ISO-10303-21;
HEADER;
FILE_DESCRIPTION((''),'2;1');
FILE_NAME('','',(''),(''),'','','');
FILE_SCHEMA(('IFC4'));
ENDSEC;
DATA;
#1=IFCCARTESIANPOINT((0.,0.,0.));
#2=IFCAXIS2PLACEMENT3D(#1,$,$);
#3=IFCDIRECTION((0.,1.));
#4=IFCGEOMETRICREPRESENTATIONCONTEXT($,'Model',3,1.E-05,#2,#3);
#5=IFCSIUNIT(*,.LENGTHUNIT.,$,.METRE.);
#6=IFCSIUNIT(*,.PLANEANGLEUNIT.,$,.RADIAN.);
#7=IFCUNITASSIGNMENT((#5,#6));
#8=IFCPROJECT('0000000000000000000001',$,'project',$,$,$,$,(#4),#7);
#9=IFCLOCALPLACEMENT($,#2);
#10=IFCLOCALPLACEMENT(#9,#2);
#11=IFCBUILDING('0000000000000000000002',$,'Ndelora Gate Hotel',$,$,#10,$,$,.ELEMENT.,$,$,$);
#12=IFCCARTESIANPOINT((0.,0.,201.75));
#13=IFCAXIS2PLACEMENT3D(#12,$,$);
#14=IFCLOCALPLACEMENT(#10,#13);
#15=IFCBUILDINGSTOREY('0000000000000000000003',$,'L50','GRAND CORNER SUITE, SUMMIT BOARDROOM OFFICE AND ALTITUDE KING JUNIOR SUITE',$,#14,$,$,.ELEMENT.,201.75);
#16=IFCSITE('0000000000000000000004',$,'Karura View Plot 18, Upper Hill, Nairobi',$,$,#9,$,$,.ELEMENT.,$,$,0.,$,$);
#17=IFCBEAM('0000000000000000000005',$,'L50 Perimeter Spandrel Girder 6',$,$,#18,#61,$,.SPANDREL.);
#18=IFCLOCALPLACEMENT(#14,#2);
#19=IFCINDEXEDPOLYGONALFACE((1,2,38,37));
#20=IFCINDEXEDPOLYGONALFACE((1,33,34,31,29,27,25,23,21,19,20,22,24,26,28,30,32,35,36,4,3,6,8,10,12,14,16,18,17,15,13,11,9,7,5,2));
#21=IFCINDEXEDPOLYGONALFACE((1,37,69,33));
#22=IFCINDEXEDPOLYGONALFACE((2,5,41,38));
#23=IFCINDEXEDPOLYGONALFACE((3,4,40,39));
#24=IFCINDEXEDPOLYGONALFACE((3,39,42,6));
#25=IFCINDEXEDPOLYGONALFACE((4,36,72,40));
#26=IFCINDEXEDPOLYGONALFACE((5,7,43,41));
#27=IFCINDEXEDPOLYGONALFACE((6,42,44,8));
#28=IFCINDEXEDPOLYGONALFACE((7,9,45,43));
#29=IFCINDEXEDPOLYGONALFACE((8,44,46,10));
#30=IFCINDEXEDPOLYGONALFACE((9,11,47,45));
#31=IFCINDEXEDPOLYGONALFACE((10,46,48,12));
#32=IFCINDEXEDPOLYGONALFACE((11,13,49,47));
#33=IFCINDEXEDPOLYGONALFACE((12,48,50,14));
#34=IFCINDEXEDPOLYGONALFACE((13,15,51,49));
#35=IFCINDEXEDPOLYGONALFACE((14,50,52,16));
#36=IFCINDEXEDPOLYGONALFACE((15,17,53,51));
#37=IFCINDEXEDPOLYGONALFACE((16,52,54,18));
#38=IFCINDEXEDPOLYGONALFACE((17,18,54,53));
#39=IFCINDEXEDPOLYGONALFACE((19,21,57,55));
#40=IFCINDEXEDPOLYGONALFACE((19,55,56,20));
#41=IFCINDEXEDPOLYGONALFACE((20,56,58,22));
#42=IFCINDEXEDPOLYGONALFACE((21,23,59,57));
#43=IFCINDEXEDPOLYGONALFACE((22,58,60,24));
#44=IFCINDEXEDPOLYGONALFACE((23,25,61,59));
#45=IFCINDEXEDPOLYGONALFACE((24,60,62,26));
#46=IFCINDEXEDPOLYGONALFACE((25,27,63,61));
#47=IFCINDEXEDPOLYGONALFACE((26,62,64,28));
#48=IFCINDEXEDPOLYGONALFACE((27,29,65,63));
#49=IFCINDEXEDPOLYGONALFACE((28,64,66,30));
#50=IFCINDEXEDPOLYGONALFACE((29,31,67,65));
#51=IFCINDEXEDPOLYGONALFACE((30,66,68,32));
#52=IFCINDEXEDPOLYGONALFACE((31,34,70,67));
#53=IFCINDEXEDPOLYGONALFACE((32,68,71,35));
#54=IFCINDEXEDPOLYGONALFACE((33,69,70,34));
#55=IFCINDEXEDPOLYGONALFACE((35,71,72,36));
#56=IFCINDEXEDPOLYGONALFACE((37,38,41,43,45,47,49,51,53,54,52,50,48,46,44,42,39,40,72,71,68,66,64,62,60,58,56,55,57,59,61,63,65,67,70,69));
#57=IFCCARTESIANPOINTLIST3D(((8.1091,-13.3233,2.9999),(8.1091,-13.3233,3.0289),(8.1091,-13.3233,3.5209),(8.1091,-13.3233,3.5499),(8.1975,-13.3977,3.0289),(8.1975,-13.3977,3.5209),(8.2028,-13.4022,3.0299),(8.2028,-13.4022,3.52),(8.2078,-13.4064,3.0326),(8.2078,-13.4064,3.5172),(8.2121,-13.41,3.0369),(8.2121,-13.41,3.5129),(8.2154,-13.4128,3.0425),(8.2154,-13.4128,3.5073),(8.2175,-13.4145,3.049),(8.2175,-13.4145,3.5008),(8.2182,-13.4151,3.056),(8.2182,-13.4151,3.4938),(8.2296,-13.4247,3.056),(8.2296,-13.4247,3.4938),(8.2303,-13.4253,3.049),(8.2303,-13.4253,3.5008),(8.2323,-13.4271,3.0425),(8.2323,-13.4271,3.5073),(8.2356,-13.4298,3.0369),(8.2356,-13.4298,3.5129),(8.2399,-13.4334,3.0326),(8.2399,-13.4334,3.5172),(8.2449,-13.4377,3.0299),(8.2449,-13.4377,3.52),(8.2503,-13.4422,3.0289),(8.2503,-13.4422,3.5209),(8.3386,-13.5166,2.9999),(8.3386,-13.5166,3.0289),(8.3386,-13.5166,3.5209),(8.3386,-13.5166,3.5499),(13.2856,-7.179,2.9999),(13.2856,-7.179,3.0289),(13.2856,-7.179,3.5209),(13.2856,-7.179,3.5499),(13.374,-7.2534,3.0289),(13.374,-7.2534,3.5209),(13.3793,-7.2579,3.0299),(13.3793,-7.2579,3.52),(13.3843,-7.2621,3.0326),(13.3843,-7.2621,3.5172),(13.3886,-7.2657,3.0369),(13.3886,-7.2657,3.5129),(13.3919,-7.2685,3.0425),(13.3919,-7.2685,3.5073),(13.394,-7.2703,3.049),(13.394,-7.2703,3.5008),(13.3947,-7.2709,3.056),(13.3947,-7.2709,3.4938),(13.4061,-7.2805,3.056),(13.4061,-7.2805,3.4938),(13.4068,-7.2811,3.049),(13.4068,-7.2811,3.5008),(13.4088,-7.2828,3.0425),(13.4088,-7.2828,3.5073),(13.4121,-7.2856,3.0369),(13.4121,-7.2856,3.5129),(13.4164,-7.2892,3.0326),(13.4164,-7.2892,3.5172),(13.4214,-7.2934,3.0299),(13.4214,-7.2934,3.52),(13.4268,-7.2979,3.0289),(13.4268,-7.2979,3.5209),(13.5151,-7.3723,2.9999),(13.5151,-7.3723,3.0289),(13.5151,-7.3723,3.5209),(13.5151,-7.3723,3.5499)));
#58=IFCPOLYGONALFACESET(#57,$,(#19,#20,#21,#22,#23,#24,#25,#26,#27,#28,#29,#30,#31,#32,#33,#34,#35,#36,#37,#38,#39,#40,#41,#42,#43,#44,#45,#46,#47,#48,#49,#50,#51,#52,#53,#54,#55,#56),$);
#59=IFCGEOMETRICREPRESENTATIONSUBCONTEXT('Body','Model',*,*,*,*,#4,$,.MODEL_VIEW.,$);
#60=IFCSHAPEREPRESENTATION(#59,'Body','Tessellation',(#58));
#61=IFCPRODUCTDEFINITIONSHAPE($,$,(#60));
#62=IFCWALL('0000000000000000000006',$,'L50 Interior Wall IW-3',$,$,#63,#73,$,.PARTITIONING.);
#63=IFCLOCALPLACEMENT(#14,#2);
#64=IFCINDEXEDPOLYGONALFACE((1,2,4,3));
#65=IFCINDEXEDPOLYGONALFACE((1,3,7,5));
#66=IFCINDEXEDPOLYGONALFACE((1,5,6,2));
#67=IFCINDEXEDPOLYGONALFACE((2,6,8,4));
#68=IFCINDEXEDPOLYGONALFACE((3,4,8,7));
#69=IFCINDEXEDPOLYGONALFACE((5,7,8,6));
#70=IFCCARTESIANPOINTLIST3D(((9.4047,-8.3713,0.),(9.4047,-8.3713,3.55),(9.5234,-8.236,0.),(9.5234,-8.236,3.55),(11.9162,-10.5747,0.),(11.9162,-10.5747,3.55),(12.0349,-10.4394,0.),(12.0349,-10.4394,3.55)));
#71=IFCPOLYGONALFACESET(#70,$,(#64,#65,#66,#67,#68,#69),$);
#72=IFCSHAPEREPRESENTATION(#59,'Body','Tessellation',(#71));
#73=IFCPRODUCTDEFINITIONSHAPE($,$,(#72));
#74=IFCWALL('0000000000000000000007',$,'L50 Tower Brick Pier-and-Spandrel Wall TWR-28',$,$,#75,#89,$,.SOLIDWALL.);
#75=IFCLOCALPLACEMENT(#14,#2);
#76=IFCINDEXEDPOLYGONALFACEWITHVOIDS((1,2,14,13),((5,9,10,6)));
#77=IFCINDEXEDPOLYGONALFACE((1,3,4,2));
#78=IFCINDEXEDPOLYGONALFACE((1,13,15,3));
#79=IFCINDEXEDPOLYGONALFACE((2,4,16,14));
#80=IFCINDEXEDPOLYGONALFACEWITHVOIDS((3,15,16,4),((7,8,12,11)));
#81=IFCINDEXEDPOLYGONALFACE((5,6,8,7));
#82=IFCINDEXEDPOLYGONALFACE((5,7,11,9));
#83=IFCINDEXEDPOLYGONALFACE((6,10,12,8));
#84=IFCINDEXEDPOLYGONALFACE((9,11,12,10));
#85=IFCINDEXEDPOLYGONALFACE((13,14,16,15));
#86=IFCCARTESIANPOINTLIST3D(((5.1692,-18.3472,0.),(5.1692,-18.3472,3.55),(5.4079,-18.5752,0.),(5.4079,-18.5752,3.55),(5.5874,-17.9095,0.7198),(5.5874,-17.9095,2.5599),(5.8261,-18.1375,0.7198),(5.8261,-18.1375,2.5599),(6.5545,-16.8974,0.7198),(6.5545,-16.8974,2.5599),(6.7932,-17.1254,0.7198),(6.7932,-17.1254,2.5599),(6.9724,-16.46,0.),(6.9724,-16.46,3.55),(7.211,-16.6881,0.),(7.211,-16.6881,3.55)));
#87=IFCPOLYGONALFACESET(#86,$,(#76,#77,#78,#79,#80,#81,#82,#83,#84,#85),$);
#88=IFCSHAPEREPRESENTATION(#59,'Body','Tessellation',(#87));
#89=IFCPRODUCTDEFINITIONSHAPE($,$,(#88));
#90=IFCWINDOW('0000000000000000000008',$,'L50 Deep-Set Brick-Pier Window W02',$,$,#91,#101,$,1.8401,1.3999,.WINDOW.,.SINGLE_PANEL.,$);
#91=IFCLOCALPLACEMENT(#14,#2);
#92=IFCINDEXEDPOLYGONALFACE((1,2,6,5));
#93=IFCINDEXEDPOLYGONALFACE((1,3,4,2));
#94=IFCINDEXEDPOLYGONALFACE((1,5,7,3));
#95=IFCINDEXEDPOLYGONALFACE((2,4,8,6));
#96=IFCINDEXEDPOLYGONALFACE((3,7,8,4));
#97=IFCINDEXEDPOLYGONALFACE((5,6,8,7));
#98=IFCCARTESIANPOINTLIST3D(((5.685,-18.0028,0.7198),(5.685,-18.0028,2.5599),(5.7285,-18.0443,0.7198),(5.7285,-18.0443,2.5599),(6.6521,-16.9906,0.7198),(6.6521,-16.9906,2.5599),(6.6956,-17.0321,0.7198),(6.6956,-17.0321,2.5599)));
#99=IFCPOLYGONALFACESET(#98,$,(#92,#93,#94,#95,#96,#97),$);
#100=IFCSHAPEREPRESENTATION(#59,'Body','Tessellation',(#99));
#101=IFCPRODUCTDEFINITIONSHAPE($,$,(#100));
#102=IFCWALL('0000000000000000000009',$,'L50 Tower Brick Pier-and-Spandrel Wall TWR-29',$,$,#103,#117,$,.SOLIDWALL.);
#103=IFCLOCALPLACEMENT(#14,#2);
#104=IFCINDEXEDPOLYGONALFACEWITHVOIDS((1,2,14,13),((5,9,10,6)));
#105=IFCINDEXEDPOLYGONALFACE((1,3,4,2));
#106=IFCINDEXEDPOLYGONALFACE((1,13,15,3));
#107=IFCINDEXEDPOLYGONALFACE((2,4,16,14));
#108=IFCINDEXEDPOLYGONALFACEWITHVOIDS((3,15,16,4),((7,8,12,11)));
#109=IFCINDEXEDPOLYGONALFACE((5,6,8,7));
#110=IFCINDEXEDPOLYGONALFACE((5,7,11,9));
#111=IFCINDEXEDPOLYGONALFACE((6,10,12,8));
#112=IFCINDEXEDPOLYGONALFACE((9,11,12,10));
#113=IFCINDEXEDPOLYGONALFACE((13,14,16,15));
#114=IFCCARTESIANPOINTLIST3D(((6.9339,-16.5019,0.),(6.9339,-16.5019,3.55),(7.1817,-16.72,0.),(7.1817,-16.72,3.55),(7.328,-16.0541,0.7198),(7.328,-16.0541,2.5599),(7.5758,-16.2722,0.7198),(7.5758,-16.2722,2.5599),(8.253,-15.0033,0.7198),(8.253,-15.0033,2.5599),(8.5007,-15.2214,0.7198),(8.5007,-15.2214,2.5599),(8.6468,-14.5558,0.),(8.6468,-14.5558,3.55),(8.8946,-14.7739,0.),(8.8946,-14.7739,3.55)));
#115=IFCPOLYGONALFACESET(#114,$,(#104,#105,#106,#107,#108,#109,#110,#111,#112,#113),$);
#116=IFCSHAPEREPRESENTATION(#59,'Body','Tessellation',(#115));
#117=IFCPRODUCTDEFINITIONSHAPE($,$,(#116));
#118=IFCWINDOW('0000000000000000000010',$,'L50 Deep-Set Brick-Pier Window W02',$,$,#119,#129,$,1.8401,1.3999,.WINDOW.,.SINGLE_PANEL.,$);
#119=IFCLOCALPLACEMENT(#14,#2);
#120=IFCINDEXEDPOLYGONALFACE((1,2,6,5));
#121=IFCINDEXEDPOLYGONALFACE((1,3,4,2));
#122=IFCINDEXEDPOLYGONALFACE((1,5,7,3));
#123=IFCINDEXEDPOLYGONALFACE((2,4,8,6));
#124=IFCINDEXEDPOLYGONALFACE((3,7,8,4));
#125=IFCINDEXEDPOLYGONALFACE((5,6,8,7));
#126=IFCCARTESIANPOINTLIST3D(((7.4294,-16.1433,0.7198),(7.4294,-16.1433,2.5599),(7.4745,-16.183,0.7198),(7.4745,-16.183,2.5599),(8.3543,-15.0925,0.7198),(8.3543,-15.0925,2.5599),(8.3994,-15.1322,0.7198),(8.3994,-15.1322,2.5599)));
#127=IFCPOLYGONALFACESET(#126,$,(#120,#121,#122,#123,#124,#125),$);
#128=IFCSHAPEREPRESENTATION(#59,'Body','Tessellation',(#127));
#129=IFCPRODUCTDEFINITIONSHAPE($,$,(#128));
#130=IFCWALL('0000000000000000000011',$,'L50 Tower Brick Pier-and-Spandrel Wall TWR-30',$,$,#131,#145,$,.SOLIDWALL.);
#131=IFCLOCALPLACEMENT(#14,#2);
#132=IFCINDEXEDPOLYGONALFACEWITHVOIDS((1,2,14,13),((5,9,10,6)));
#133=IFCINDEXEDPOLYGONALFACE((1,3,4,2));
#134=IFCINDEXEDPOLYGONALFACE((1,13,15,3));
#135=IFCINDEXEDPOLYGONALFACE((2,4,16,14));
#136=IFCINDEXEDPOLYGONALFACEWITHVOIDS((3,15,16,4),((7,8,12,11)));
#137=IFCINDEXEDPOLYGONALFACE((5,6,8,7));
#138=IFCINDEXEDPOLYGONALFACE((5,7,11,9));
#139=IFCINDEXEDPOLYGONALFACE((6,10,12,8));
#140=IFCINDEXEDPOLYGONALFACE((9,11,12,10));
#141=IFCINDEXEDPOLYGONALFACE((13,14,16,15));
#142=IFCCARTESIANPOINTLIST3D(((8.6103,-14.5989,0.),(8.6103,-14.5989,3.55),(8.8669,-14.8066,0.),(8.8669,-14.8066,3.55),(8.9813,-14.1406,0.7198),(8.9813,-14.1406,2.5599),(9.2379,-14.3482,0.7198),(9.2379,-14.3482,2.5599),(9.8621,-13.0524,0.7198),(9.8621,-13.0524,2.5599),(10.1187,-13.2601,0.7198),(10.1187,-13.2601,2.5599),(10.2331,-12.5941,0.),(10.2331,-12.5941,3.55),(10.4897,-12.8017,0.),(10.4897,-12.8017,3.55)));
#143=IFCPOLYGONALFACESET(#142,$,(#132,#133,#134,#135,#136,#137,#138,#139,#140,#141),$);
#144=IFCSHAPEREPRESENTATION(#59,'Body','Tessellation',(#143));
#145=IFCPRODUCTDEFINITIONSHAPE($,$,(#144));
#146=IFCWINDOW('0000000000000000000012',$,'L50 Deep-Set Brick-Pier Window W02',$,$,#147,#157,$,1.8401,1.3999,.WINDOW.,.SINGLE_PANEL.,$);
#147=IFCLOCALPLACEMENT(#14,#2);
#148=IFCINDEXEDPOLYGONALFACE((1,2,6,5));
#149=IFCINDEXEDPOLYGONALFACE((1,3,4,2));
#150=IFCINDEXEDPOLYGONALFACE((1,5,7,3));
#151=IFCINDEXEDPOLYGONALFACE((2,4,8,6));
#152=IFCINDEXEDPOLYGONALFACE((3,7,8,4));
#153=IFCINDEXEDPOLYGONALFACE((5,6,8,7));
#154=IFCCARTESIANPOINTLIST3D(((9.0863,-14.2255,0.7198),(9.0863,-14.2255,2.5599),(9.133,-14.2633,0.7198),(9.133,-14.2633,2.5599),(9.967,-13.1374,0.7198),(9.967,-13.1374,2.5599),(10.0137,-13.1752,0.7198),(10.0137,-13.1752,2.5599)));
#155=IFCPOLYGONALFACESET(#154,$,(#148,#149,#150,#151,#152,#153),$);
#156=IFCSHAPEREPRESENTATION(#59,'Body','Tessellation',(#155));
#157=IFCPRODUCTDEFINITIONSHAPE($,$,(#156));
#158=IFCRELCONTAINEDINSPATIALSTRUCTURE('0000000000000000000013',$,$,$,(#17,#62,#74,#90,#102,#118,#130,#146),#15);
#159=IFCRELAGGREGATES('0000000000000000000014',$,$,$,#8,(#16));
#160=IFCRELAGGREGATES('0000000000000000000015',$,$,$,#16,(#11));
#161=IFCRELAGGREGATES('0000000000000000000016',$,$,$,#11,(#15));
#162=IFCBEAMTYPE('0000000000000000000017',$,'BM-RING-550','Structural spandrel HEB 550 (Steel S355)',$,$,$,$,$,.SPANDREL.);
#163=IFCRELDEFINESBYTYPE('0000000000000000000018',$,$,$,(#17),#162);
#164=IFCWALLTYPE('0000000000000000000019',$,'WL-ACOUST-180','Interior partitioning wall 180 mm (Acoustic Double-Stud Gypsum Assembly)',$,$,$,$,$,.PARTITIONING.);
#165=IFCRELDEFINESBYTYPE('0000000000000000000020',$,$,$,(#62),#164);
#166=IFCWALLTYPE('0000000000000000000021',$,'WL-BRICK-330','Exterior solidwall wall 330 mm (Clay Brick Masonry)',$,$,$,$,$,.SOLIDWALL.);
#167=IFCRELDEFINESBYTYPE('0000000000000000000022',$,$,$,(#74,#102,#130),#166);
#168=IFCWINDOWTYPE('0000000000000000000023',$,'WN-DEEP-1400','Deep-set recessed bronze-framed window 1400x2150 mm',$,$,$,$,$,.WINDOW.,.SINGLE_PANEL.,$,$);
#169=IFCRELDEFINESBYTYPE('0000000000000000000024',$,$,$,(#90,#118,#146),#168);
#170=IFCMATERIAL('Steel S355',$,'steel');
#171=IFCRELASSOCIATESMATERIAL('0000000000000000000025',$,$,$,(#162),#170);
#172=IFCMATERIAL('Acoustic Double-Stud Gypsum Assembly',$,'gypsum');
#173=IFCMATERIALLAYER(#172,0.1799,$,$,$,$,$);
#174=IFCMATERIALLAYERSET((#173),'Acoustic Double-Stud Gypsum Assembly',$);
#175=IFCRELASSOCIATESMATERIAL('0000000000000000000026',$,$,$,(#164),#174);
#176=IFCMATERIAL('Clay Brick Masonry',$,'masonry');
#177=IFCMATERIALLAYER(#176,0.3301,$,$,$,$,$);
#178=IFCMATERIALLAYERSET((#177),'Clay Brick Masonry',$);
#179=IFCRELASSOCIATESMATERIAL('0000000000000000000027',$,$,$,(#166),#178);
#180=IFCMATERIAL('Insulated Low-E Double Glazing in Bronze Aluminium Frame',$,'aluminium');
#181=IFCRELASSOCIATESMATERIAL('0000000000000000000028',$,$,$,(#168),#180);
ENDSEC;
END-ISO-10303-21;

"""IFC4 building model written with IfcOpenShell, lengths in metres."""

from ifc_helpers import new_model, si_unit, direction, frame, frame_2d, origin, origin_2d, place, context, subcontext, project, spatial, rectangle, i_section, extrude, material, layer, layer_set, material_profile, profile_set, type_object, element, fill, save


model = new_model("IFC4")

# Units and contexts
model_context = context("Model", 3, precision=1e-05, world=origin(), true_north=direction((0.0, 1.0)))
body_context = subcontext(model_context, "Body", "Model", "MODEL_VIEW")
ifc_project = project(units=[si_unit("LENGTHUNIT", "METRE"), si_unit("PLANEANGLEUNIT", "RADIAN")], contexts=[model_context])

# Site, building, storey
site_placement = place(None, origin())
site = spatial("IfcSite", under=ifc_project, at=site_placement, Name="Karura View Plot 18, Upper Hill, Nairobi", CompositionType="ELEMENT", RefElevation=0.0)
building_placement = place(site_placement, origin())
building = spatial("IfcBuilding", under=site, at=building_placement, Name="Ndelora Gate Hotel", CompositionType="ELEMENT")
storey_placement = place(building_placement, frame((0.0, 0.0, 201.75)))
storey = spatial("IfcBuildingStorey", under=building, at=storey_placement, Name="L50", Description="GRAND CORNER SUITE, SUMMIT BOARDROOM OFFICE AND ALTITUDE KING JUNIOR SUITE", CompositionType="ELEMENT", Elevation=201.75)

# Beam
ifc_material_1 = material(Name="Steel S355", Category="steel")
ifc_material_profile_1 = material_profile(ifc_material_1, i_section(OverallWidth=0.3, OverallDepth=0.55, WebThickness=0.0149, FlangeThickness=0.0291, FilletRadius=0.0271, at=origin_2d()), Name="HEB 550")
ifc_profile_set_1 = profile_set([ifc_material_profile_1], Name="Steel S355")
beam_type_1 = type_object("IfcBeamType", Name="BM-RING-550", Description="Structural spandrel HEB 550 (Steel S355)", PredefinedType="SPANDREL", material=ifc_profile_set_1)
beam_1_placement = place(storey_placement, frame((8.2239, -13.4199, 3.2749), z_axis=(0.644309, 0.764765, 0.0), x_axis=(-0.764765, 0.644309, 0.0)))
element("IfcBeam", 1, at=beam_1_placement, inside=storey, type_object=beam_type_1, Name="L50 Perimeter Spandrel Girder 6", PredefinedType="SPANDREL", context=body_context, shape_type="SweptSolid", body=[
    extrude(i_section(OverallWidth=0.3, OverallDepth=0.55, WebThickness=0.0149, FlangeThickness=0.0291, FilletRadius=0.0271, at=origin_2d()), origin(), (0.0, 0.0, 1.0), 8.0342),
])

# Wall
ifc_material_2 = material(Name="Acoustic Double-Stud Gypsum Assembly", Category="gypsum")
ifc_layer_1 = layer(ifc_material_2, 0.1799)
ifc_layer_set_1 = layer_set([ifc_layer_1], Name="Acoustic Double-Stud Gypsum Assembly")
wall_type_1 = type_object("IfcWallType", Name="WL-ACOUST-180", Description="Interior partitioning wall 180 mm (Acoustic Double-Stud Gypsum Assembly)", PredefinedType="PARTITIONING", material=ifc_layer_set_1)
wall_1_placement = place(storey_placement, frame((9.4641, -8.3037, 0.0), z_axis=(0.0, 0.0, 1.0), x_axis=(0.751711, -0.659492, 0.0)))
element("IfcWall", 2, at=wall_1_placement, inside=storey, type_object=wall_type_1, Name="L50 Interior Wall IW-3", PredefinedType="PARTITIONING", context=body_context, shape_type="SweptSolid", body=[
    extrude(rectangle(XDim=3.3411, YDim=0.1799, at=frame_2d((1.6704, 0.0))), origin(), (0.0, 0.0, 1.0), 3.55),
])

# Walls, openings, windows
ifc_material_3 = material(Name="Clay Brick Masonry", Category="masonry")
ifc_layer_2 = layer(ifc_material_3, 0.3301)
ifc_layer_set_2 = layer_set([ifc_layer_2], Name="Clay Brick Masonry")
wall_type_2 = type_object("IfcWallType", Name="WL-BRICK-330", Description="Exterior solidwall wall 330 mm (Clay Brick Masonry)", PredefinedType="SOLIDWALL", material=ifc_layer_set_2)
wall_2_placement = place(storey_placement, frame((7.0918, -16.574, 0.0), z_axis=(0.0, 0.0, 1.0), x_axis=(-0.690836, -0.723011, 0.0)))
wall_2 = element("IfcWall", 3, at=wall_2_placement, inside=storey, type_object=wall_type_2, Name="L50 Tower Brick Pier-and-Spandrel Wall TWR-28", PredefinedType="SOLIDWALL", context=body_context, shape_type="SweptSolid", body=[
    extrude(rectangle(XDim=2.6101, YDim=0.3301, at=frame_2d((1.3052, 0.0))), origin(), (0.0, 0.0, 1.0), 3.55),
])
opening_1_placement = place(wall_2_placement, frame((0.605, 0.0, 0.72)))
opening_1 = element("IfcOpeningElement", 4, at=opening_1_placement, cuts=wall_2, PredefinedType="OPENING", context=body_context, shape_type="SweptSolid", body=[
    extrude(rectangle(XDim=1.3999, YDim=1.8401, at=frame_2d((0.7, 0.9199))), frame((0.0, 0.175, 0.0), z_axis=(0.0, -1.0, 0.0), x_axis=(1.0, 0.0, 0.0)), (0.0, 0.0, 1.0), 0.3501),
])
ifc_material_4 = material(Name="Insulated Low-E Double Glazing in Bronze Aluminium Frame", Category="aluminium")
window_type = type_object("IfcWindowType", Name="WN-DEEP-1400", Description="Deep-set recessed bronze-framed window 1400x2150 mm", PartitioningType="SINGLE_PANEL", PredefinedType="WINDOW", material=ifc_material_4)
window_1_placement = place(opening_1_placement, origin())
window_1 = element("IfcWindow", 5, at=window_1_placement, inside=storey, type_object=window_type, Name="L50 Deep-Set Brick-Pier Window W02", OverallHeight=1.8401, OverallWidth=1.3999, PartitioningType="SINGLE_PANEL", PredefinedType="WINDOW", context=body_context, shape_type="SweptSolid", body=[
    extrude(rectangle(XDim=1.3999, YDim=1.8401, at=frame_2d((0.7, 0.9199))), frame((0.0, 0.03, 0.0), z_axis=(0.0, -1.0, 0.0), x_axis=(1.0, 0.0, 0.0)), (0.0, 0.0, 1.0), 0.0601),
])
fill(opening_1, window_1)
wall_3_placement = place(storey_placement, frame((8.7708, -14.6648, 0.0), z_axis=(0.0, 0.0, 1.0), x_axis=(-0.660709, -0.750643, 0.0)))
wall_3 = element("IfcWall", 6, at=wall_3_placement, inside=storey, type_object=wall_type_2, Name="L50 Tower Brick Pier-and-Spandrel Wall TWR-29", PredefinedType="SOLIDWALL", context=body_context, shape_type="SweptSolid", body=[
    extrude(rectangle(XDim=2.5925, YDim=0.3301, at=frame_2d((1.2964, 0.0))), origin(), (0.0, 0.0, 1.0), 3.55),
])
opening_2_placement = place(wall_3_placement, frame((0.5962, 0.0, 0.72)))
opening_2 = element("IfcOpeningElement", 7, at=opening_2_placement, cuts=wall_3, PredefinedType="OPENING", context=body_context, shape_type="SweptSolid", body=[
    extrude(rectangle(XDim=1.3999, YDim=1.8401, at=frame_2d((0.7, 0.9199))), frame((0.0, 0.175, 0.0), z_axis=(0.0, -1.0, 0.0), x_axis=(1.0, 0.0, 0.0)), (0.0, 0.0, 1.0), 0.3501),
])
window_2_placement = place(opening_2_placement, origin())
window_2 = element("IfcWindow", 8, at=window_2_placement, inside=storey, type_object=window_type, Name="L50 Deep-Set Brick-Pier Window W02", OverallHeight=1.8401, OverallWidth=1.3999, PartitioningType="SINGLE_PANEL", PredefinedType="WINDOW", context=body_context, shape_type="SweptSolid", body=[
    extrude(rectangle(XDim=1.3999, YDim=1.8401, at=frame_2d((0.7, 0.9199))), frame((0.0, 0.03, 0.0), z_axis=(0.0, -1.0, 0.0), x_axis=(1.0, 0.0, 0.0)), (0.0, 0.0, 1.0), 0.0601),
])
fill(opening_2, window_2)
wall_4_placement = place(storey_placement, frame((10.3613, -12.698, 0.0), z_axis=(0.0, 0.0, 1.0), x_axis=(-0.629152, -0.777282, 0.0)))
wall_4 = element("IfcWall", 9, at=wall_4_placement, inside=storey, type_object=wall_type_2, Name="L50 Tower Brick Pier-and-Spandrel Wall TWR-30", PredefinedType="SOLIDWALL", context=body_context, shape_type="SweptSolid", body=[
    extrude(rectangle(XDim=2.5793, YDim=0.3301, at=frame_2d((1.2896, 0.0))), origin(), (0.0, 0.0, 1.0), 3.55),
])
opening_3_placement = place(wall_4_placement, frame((0.5896, 0.0, 0.72)))
opening_3 = element("IfcOpeningElement", 10, at=opening_3_placement, cuts=wall_4, PredefinedType="OPENING", context=body_context, shape_type="SweptSolid", body=[
    extrude(rectangle(XDim=1.3999, YDim=1.8401, at=frame_2d((0.7, 0.9199))), frame((0.0, 0.175, 0.0), z_axis=(0.0, -1.0, 0.0), x_axis=(1.0, 0.0, 0.0)), (0.0, 0.0, 1.0), 0.3501),
])
window_3_placement = place(opening_3_placement, origin())
window_3 = element("IfcWindow", 11, at=window_3_placement, inside=storey, type_object=window_type, Name="L50 Deep-Set Brick-Pier Window W02", OverallHeight=1.8401, OverallWidth=1.3999, PartitioningType="SINGLE_PANEL", PredefinedType="WINDOW", context=body_context, shape_type="SweptSolid", body=[
    extrude(rectangle(XDim=1.3999, YDim=1.8401, at=frame_2d((0.7, 0.9199))), frame((0.0, 0.03, 0.0), z_axis=(0.0, -1.0, 0.0), x_axis=(1.0, 0.0, 0.0)), (0.0, 0.0, 1.0), 0.0601),
])
fill(opening_3, window_3)

save(model, "model.ifc")
